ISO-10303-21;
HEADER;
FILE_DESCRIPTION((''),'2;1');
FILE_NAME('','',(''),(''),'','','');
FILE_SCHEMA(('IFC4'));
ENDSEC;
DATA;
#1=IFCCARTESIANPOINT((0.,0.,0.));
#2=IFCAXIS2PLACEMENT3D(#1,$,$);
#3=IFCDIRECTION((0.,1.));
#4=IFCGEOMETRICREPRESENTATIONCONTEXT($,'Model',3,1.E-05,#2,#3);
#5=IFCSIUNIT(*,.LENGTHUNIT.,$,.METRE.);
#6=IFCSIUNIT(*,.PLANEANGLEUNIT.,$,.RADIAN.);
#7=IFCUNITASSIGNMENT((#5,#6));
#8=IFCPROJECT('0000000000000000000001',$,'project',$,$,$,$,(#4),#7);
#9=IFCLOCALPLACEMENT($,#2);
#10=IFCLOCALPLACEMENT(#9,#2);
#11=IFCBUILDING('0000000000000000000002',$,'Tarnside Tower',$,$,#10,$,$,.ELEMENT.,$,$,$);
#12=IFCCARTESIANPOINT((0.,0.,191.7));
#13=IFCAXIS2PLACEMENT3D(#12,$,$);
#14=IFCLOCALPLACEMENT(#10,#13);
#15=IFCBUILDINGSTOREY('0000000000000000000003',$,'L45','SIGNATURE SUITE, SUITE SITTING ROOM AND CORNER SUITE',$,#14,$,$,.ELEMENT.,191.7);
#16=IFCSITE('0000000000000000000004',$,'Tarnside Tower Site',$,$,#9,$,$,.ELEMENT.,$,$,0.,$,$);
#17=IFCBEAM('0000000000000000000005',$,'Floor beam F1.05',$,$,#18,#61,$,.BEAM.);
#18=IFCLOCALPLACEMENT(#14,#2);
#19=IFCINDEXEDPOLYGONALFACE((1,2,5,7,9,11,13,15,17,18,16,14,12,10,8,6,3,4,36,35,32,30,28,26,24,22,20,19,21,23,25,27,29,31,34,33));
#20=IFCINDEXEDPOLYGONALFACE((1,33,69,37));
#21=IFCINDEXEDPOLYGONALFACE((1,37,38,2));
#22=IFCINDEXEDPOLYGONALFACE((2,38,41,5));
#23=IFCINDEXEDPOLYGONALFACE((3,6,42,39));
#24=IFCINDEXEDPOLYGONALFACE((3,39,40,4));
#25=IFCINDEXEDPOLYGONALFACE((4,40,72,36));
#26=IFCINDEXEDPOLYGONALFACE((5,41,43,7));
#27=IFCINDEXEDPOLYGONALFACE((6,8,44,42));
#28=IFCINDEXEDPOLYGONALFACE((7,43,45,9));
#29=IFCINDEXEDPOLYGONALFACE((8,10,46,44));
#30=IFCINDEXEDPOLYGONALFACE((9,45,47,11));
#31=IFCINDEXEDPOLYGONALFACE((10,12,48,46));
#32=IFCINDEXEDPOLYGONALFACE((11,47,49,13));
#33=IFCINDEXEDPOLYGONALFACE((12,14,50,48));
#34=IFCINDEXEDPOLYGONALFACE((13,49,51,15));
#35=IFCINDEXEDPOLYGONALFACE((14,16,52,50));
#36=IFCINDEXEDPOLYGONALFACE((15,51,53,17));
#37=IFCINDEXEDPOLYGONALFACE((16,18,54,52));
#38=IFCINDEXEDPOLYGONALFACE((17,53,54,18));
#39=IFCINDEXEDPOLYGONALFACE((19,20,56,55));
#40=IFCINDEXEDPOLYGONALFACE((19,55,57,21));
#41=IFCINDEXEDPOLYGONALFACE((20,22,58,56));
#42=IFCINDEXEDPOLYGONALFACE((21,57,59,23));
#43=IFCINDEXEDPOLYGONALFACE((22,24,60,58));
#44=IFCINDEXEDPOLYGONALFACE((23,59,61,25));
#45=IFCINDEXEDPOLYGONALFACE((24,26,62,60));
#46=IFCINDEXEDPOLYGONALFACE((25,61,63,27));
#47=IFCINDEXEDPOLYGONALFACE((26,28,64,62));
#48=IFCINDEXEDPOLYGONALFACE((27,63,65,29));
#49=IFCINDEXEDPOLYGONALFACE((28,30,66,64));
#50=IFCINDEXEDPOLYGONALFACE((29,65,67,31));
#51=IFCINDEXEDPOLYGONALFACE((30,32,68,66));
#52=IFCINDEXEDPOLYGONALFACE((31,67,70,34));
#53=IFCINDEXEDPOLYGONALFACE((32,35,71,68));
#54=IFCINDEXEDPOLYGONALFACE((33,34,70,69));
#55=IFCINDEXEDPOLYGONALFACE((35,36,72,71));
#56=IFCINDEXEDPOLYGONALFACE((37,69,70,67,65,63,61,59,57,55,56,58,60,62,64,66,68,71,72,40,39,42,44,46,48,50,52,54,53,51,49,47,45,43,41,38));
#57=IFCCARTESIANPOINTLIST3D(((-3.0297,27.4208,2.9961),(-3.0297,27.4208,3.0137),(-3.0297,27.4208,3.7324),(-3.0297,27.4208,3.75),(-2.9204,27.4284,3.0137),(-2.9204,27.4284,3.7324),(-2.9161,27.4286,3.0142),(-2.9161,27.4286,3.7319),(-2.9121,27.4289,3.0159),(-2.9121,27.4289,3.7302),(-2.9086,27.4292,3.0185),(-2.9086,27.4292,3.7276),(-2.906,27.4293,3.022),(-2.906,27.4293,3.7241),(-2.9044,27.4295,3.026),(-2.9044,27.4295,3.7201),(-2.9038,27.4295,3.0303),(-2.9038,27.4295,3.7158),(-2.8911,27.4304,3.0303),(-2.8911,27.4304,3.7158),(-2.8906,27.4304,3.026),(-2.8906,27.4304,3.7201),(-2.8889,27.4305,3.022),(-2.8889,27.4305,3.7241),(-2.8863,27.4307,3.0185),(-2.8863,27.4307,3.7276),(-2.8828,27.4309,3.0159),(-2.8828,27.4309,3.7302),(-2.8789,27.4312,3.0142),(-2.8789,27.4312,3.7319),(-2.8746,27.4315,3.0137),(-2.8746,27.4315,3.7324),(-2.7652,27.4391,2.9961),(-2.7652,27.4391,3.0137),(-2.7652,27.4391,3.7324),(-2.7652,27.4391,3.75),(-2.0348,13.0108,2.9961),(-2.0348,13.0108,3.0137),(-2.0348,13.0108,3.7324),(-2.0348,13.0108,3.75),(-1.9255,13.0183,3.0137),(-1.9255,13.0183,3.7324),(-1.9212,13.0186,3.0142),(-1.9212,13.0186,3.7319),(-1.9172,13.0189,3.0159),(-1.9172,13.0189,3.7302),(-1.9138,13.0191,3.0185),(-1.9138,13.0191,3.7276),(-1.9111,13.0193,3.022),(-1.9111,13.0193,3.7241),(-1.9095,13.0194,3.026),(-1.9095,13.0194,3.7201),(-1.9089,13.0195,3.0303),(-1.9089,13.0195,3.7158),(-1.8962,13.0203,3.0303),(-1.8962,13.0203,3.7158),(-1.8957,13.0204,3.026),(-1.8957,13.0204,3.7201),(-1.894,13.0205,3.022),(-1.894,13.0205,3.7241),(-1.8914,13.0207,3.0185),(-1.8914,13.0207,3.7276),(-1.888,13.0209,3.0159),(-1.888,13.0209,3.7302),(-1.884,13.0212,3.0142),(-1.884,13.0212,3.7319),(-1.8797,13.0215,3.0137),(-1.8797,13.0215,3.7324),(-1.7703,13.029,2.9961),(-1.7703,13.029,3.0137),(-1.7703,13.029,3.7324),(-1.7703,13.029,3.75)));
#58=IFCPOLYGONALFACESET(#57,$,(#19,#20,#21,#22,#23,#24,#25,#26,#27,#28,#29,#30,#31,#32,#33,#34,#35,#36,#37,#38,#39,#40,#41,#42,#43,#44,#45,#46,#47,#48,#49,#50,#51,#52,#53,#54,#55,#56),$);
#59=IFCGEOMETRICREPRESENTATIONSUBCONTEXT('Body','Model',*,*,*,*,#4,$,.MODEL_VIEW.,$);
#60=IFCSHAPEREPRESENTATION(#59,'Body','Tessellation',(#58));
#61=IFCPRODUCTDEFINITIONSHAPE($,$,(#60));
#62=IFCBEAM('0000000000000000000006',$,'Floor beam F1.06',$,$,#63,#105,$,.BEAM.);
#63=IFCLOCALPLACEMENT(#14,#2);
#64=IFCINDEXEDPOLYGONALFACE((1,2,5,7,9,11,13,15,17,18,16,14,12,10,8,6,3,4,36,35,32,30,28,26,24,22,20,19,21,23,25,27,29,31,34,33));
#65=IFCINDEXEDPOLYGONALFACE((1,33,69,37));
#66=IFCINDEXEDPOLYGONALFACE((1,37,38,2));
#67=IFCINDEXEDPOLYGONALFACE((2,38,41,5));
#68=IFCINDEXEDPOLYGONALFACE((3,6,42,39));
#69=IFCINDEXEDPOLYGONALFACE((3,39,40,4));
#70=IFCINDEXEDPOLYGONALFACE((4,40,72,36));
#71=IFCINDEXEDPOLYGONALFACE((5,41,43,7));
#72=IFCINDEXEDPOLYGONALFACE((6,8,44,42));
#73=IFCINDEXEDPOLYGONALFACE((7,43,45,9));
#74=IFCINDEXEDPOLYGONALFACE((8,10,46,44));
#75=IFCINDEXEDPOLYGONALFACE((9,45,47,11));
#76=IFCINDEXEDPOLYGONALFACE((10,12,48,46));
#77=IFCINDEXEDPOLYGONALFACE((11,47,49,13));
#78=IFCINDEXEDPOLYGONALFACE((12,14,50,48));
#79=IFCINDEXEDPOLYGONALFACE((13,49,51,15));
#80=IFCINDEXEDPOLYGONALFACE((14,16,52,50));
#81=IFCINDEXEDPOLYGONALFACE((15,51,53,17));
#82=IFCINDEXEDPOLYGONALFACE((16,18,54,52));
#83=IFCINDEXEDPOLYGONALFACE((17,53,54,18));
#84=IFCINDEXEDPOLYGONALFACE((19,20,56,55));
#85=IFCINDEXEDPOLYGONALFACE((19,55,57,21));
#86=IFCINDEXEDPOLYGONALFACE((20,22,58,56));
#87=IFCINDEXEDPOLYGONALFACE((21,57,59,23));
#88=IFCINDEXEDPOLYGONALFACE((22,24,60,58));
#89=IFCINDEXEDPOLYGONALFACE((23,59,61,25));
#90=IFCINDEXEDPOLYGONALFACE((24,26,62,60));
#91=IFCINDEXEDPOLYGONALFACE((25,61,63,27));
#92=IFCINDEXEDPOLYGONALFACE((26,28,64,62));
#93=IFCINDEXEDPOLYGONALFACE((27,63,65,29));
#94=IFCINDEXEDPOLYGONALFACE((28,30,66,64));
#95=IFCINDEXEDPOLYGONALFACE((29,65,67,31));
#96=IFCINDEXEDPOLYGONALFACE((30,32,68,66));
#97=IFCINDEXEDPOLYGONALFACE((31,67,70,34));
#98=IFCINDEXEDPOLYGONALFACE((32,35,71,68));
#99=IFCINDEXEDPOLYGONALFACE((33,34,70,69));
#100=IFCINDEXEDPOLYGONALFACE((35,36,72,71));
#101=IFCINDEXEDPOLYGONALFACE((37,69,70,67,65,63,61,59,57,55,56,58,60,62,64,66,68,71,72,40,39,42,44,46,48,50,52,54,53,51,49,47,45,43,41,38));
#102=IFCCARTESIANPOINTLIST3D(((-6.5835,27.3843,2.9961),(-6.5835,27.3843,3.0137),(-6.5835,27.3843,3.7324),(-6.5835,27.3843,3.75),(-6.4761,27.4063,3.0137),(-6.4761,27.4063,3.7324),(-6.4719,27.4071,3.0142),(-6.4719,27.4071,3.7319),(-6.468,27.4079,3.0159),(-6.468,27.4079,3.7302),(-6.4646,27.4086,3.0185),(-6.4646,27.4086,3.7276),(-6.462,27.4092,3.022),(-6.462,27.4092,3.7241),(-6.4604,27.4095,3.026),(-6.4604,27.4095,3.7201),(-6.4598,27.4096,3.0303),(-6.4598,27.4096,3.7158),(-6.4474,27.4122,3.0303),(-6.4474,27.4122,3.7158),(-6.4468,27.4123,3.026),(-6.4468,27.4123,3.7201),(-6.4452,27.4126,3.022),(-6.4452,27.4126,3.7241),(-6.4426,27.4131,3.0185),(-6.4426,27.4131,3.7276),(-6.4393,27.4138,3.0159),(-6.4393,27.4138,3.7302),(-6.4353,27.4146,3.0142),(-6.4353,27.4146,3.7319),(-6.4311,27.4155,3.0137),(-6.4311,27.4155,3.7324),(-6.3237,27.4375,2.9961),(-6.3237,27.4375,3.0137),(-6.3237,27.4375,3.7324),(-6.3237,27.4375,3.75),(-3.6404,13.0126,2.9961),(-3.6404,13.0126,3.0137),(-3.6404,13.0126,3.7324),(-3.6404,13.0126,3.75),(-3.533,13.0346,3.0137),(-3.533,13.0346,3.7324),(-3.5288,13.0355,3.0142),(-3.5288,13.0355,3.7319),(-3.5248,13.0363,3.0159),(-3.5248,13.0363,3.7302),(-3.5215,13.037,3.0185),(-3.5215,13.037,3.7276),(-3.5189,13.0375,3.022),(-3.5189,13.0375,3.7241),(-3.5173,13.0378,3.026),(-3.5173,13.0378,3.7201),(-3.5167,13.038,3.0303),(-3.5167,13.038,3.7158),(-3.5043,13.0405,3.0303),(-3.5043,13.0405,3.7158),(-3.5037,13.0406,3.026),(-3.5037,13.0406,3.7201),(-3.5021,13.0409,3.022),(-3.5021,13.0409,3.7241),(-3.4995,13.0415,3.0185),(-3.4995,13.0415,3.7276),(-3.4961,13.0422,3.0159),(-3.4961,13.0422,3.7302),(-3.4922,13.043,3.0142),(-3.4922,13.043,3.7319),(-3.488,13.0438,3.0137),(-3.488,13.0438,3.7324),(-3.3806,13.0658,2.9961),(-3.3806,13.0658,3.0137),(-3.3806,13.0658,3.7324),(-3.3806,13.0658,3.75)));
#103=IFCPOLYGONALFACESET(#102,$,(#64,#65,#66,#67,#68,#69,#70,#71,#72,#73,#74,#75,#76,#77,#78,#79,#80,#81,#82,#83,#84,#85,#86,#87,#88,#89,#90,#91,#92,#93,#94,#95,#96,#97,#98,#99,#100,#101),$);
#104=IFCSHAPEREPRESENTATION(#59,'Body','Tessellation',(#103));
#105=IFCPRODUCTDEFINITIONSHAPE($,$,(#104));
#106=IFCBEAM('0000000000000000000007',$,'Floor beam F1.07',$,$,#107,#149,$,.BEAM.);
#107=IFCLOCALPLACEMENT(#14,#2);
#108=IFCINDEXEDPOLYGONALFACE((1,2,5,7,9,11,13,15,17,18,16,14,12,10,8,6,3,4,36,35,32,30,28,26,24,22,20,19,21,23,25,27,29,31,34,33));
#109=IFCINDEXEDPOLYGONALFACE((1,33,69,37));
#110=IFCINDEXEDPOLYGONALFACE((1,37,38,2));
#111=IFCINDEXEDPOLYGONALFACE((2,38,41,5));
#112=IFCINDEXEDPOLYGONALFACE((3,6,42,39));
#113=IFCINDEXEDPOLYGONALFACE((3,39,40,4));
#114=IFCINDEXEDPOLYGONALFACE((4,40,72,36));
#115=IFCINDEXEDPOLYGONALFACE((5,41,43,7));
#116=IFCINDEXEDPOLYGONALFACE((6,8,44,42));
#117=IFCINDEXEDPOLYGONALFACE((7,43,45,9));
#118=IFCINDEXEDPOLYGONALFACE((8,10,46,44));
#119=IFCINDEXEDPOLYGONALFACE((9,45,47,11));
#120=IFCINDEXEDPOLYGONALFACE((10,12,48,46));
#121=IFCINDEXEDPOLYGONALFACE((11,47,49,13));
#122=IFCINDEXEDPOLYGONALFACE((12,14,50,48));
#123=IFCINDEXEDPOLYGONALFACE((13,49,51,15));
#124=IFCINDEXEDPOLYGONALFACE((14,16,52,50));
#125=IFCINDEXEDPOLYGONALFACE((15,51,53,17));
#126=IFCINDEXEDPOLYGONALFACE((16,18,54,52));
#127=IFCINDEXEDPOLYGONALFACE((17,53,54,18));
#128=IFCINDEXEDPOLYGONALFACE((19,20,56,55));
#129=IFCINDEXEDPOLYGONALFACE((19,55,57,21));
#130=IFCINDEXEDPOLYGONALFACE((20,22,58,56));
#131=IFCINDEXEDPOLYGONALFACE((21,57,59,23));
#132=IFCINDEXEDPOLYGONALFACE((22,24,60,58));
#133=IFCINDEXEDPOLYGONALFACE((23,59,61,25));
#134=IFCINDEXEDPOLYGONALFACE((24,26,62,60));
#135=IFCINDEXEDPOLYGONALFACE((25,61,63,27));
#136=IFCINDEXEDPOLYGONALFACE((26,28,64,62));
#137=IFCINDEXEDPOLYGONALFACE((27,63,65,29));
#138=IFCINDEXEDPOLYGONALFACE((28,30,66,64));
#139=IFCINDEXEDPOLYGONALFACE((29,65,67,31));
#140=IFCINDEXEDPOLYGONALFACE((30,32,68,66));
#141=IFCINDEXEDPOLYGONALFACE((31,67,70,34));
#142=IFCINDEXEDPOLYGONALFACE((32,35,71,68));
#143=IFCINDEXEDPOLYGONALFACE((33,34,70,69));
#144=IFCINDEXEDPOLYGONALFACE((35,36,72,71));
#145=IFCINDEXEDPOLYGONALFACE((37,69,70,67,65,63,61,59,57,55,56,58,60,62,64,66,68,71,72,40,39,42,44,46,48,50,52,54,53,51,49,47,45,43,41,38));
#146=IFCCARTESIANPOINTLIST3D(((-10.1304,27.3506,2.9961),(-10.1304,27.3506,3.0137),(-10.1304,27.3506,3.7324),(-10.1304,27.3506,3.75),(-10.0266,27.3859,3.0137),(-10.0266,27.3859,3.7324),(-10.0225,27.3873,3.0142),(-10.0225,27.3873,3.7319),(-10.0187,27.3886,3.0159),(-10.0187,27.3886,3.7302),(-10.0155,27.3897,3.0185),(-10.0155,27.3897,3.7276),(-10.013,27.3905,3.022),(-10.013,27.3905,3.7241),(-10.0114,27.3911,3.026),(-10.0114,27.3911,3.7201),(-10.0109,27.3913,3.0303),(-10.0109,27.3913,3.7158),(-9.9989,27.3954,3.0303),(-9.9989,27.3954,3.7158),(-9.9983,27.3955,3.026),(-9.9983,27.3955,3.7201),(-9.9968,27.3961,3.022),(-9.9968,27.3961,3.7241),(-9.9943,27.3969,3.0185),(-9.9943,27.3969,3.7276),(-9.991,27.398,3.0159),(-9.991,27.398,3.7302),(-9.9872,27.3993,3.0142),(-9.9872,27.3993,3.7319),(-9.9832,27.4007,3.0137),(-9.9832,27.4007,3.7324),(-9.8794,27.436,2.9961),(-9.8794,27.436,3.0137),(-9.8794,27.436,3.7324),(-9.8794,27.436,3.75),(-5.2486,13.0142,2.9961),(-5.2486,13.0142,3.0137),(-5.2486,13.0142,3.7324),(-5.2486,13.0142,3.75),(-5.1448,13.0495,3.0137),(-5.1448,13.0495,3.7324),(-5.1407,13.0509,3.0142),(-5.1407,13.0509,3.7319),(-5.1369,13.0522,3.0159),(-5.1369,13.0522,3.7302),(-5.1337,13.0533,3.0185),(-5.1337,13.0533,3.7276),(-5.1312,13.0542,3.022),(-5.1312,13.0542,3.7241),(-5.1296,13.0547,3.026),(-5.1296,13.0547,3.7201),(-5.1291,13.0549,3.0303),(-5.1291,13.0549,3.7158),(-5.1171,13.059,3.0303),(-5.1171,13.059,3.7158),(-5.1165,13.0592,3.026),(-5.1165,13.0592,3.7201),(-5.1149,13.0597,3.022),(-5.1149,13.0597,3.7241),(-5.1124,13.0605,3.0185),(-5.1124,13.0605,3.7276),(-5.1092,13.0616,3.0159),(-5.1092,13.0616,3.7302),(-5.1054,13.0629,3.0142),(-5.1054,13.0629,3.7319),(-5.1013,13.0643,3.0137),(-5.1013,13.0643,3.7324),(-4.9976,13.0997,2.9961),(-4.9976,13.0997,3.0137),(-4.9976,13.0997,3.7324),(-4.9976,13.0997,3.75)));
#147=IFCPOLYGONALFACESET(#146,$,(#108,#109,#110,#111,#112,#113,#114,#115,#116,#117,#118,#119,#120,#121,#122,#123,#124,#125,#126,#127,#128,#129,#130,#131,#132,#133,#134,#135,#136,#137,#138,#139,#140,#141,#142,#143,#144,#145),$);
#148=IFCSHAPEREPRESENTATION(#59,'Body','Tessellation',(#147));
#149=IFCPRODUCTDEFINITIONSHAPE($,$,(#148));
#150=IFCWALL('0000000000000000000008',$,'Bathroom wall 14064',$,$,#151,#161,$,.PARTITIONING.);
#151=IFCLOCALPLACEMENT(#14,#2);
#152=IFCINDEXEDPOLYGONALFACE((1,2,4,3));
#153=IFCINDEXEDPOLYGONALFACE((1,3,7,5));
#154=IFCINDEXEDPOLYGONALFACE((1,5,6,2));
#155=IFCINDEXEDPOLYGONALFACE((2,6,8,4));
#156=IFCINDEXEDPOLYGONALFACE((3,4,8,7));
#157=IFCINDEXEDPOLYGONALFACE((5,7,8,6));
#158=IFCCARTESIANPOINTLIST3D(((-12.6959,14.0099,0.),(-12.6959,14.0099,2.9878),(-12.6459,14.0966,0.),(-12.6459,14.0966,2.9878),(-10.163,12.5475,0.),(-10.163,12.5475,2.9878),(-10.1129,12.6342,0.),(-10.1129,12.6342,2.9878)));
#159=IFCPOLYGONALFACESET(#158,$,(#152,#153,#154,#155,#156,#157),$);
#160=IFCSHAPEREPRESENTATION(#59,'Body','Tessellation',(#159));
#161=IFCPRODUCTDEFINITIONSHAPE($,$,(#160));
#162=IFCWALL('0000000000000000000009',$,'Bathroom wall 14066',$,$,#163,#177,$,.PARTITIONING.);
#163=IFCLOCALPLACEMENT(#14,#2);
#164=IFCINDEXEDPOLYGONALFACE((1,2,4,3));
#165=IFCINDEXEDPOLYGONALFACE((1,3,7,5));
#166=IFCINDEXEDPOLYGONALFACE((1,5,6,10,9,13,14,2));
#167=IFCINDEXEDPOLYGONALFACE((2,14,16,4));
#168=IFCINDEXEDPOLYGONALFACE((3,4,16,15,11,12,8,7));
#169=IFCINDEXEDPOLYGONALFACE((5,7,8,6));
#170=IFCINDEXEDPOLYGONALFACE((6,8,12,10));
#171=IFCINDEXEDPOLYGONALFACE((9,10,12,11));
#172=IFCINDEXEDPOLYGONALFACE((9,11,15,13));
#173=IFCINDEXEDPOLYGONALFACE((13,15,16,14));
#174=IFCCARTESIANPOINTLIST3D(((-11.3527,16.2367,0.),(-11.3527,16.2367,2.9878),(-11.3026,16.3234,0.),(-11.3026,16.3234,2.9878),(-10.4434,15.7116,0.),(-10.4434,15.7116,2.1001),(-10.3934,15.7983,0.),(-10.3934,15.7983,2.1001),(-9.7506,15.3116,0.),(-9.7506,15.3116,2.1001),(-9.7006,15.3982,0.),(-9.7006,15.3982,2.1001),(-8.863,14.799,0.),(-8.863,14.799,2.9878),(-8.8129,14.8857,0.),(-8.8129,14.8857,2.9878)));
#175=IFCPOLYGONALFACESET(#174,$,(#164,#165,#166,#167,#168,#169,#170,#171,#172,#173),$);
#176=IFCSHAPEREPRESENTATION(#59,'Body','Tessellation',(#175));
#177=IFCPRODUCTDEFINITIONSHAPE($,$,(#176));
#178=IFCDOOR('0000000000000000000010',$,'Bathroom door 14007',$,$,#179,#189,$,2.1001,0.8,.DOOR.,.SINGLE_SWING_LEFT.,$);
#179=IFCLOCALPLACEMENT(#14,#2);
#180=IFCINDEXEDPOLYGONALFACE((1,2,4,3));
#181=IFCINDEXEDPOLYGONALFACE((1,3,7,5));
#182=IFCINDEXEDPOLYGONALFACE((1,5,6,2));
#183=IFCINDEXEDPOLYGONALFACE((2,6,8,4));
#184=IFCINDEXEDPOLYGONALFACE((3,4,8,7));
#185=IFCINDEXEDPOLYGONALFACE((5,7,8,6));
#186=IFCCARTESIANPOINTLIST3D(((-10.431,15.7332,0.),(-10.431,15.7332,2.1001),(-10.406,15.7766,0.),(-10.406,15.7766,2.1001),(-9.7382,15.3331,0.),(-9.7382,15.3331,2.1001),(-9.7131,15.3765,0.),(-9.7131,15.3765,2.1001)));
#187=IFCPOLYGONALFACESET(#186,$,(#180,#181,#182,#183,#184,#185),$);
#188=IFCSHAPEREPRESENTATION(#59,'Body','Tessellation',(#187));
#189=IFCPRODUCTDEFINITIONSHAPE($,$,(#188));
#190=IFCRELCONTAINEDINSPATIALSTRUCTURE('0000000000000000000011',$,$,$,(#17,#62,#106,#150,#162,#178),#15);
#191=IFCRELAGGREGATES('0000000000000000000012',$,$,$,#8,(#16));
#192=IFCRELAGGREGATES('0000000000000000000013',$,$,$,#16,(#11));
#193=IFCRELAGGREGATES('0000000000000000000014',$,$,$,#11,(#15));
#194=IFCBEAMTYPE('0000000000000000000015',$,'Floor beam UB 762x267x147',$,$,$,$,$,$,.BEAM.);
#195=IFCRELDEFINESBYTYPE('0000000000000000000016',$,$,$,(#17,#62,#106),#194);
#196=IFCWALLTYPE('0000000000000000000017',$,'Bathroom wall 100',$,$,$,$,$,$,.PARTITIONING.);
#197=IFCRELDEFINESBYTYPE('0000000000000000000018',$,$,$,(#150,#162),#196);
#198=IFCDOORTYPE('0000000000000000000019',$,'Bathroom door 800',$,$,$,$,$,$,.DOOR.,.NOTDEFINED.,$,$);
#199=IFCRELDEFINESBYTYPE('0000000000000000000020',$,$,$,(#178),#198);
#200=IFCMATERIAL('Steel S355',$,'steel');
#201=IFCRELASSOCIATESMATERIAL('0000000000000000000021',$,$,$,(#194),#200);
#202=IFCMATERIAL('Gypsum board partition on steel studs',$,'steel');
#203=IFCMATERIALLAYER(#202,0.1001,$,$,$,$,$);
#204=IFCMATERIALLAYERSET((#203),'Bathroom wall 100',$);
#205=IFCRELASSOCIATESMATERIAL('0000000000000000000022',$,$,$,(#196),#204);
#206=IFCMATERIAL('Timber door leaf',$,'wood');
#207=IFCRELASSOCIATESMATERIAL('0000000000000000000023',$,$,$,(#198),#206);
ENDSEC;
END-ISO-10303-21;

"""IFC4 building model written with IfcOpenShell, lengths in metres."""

from ifc_helpers import new_model, si_unit, direction, frame, frame_2d, origin, origin_2d, place, context, subcontext, project, spatial, rectangle, i_section, extrude, material, layer, layer_set, material_profile, profile_set, type_object, element, fill, save


model = new_model("IFC4")

# Units and contexts
model_context = context("Model", 3, precision=1e-05, world=origin(), true_north=direction((0.0, 1.0)))
body_context = subcontext(model_context, "Body", "Model", "MODEL_VIEW")
ifc_project = project(units=[si_unit("LENGTHUNIT", "METRE"), si_unit("PLANEANGLEUNIT", "RADIAN")], contexts=[model_context])

# Site, building, storey
site_placement = place(None, origin())
site = spatial("IfcSite", under=ifc_project, at=site_placement, Name="Tarnside Tower Site", CompositionType="ELEMENT", RefElevation=0.0)
building_placement = place(site_placement, origin())
building = spatial("IfcBuilding", under=site, at=building_placement, Name="Tarnside Tower", CompositionType="ELEMENT")
storey_placement = place(building_placement, frame((0.0, 0.0, 191.7)))
storey = spatial("IfcBuildingStorey", under=building, at=storey_placement, Name="L45", Description="SIGNATURE SUITE, SUITE SITTING ROOM AND CORNER SUITE", CompositionType="ELEMENT", Elevation=191.7)

# Beams
ifc_material_1 = material(Name="Steel S355", Category="steel")
ifc_material_profile = material_profile(ifc_material_1, i_section(OverallWidth=0.2651, OverallDepth=0.7539, WebThickness=0.0127, FlangeThickness=0.0176, FilletRadius=0.0166, at=origin_2d()), Name="UB 762x267x147")
ifc_profile_set = profile_set([ifc_material_profile], Name="Steel S355")
beam_type = type_object("IfcBeamType", Name="Floor beam UB 762x267x147", PredefinedType="BEAM", material=ifc_profile_set)
beam_1_placement = place(storey_placement, frame((-2.8975, 27.4299, 3.373), z_axis=(0.068877, -0.997625, 0.0), x_axis=(0.997625, 0.068877, 0.0)))
element("IfcBeam", 1, at=beam_1_placement, inside=storey, type_object=beam_type, Name="Floor beam F1.05", PredefinedType="BEAM", context=body_context, shape_type="SweptSolid", body=[
    extrude(i_section(OverallWidth=0.2651, OverallDepth=0.7539, WebThickness=0.0127, FlangeThickness=0.0176, FilletRadius=0.0166, at=origin_2d()), origin(), (0.0, 0.0, 1.0), 14.4443),
])
beam_2_placement = place(storey_placement, frame((-6.4536, 27.4109, 3.373), z_axis=(0.200623, -0.979668, 0.0), x_axis=(0.979668, 0.200623, 0.0)))
element("IfcBeam", 2, at=beam_2_placement, inside=storey, type_object=beam_type, Name="Floor beam F1.06", PredefinedType="BEAM", context=body_context, shape_type="SweptSolid", body=[
    extrude(i_section(OverallWidth=0.2651, OverallDepth=0.7539, WebThickness=0.0127, FlangeThickness=0.0176, FilletRadius=0.0166, at=origin_2d()), origin(), (0.0, 0.0, 1.0), 14.6699),
])
beam_3_placement = place(storey_placement, frame((-10.0049, 27.3933, 3.373), z_axis=(0.322344, -0.946623, 0.0), x_axis=(0.946623, 0.322344, 0.0)))
element("IfcBeam", 3, at=beam_3_placement, inside=storey, type_object=beam_type, Name="Floor beam F1.07", PredefinedType="BEAM", context=body_context, shape_type="SweptSolid", body=[
    extrude(i_section(OverallWidth=0.2651, OverallDepth=0.7539, WebThickness=0.0127, FlangeThickness=0.0176, FilletRadius=0.0166, at=origin_2d()), origin(), (0.0, 0.0, 1.0), 15.1448),
])

# Wall
ifc_material_2 = material(Name="Gypsum board partition on steel studs", Category="steel")
ifc_layer_1 = layer(ifc_material_2, 0.1001)
ifc_layer_set_1 = layer_set([ifc_layer_1], Name="Bathroom wall 100")
wall_type_1 = type_object("IfcWallType", Name="Bathroom wall 100", PredefinedType="PARTITIONING", material=ifc_layer_set_1)
wall_1_placement = place(storey_placement, frame((-10.1379, 12.5908, 0.0), z_axis=(0.0, 0.0, 1.0), x_axis=(-0.866026, 0.499999, 0.0)))
element("IfcWall", 4, at=wall_1_placement, inside=storey, type_object=wall_type_1, Name="Bathroom wall 14064", PredefinedType="PARTITIONING", context=body_context, shape_type="SweptSolid", body=[
    extrude(rectangle(XDim=2.9248, YDim=0.1001, at=frame_2d((1.4624, 0.0))), origin(), (0.0, 0.0, 1.0), 2.9878),
])

# Wall, opening, door
wall_2_placement = place(storey_placement, frame((-11.3276, 16.28, 0.0), z_axis=(0.0, 0.0, 1.0), x_axis=(0.865982, -0.500075, 0.0)))
wall_2 = element("IfcWall", 5, at=wall_2_placement, inside=storey, type_object=wall_type_1, Name="Bathroom wall 14066", PredefinedType="PARTITIONING", context=body_context, shape_type="SweptSolid", body=[
    extrude(rectangle(XDim=2.875, YDim=0.1001, at=frame_2d((1.4375, 0.0))), origin(), (0.0, 0.0, 1.0), 2.9878),
])
opening_1_placement = place(wall_2_placement, frame((1.05, 0.0, 0.0)))
opening_1 = element("IfcOpeningElement", 6, at=opening_1_placement, cuts=wall_2, PredefinedType="OPENING", context=body_context, shape_type="SweptSolid", body=[
    extrude(rectangle(XDim=0.8, YDim=2.1001, at=frame_2d((0.3999, 1.05))), frame((0.0, 0.0601, 0.0), z_axis=(0.0, -1.0, 0.0), x_axis=(1.0, 0.0, 0.0)), (0.0, 0.0, 1.0), 0.1201),
])
ifc_material_3 = material(Name="Timber door leaf", Category="wood")
door_type_1 = type_object("IfcDoorType", Name="Bathroom door 800", OperationType="NOTDEFINED", PredefinedType="DOOR", material=ifc_material_3)
door_1_placement = place(opening_1_placement, origin())
door_1 = element("IfcDoor", 7, at=door_1_placement, inside=storey, type_object=door_type_1, Name="Bathroom door 14007", OperationType="SINGLE_SWING_LEFT", OverallHeight=2.1001, OverallWidth=0.8, PredefinedType="DOOR", context=body_context, shape_type="SweptSolid", body=[
    extrude(rectangle(XDim=0.8, YDim=2.1001, at=frame_2d((0.3999, 1.05))), frame((0.0, 0.0249, 0.0), z_axis=(0.0, -1.0, 0.0), x_axis=(1.0, 0.0, 0.0)), (0.0, 0.0, 1.0), 0.05),
])
fill(opening_1, door_1)

save(model, "model.ifc")
